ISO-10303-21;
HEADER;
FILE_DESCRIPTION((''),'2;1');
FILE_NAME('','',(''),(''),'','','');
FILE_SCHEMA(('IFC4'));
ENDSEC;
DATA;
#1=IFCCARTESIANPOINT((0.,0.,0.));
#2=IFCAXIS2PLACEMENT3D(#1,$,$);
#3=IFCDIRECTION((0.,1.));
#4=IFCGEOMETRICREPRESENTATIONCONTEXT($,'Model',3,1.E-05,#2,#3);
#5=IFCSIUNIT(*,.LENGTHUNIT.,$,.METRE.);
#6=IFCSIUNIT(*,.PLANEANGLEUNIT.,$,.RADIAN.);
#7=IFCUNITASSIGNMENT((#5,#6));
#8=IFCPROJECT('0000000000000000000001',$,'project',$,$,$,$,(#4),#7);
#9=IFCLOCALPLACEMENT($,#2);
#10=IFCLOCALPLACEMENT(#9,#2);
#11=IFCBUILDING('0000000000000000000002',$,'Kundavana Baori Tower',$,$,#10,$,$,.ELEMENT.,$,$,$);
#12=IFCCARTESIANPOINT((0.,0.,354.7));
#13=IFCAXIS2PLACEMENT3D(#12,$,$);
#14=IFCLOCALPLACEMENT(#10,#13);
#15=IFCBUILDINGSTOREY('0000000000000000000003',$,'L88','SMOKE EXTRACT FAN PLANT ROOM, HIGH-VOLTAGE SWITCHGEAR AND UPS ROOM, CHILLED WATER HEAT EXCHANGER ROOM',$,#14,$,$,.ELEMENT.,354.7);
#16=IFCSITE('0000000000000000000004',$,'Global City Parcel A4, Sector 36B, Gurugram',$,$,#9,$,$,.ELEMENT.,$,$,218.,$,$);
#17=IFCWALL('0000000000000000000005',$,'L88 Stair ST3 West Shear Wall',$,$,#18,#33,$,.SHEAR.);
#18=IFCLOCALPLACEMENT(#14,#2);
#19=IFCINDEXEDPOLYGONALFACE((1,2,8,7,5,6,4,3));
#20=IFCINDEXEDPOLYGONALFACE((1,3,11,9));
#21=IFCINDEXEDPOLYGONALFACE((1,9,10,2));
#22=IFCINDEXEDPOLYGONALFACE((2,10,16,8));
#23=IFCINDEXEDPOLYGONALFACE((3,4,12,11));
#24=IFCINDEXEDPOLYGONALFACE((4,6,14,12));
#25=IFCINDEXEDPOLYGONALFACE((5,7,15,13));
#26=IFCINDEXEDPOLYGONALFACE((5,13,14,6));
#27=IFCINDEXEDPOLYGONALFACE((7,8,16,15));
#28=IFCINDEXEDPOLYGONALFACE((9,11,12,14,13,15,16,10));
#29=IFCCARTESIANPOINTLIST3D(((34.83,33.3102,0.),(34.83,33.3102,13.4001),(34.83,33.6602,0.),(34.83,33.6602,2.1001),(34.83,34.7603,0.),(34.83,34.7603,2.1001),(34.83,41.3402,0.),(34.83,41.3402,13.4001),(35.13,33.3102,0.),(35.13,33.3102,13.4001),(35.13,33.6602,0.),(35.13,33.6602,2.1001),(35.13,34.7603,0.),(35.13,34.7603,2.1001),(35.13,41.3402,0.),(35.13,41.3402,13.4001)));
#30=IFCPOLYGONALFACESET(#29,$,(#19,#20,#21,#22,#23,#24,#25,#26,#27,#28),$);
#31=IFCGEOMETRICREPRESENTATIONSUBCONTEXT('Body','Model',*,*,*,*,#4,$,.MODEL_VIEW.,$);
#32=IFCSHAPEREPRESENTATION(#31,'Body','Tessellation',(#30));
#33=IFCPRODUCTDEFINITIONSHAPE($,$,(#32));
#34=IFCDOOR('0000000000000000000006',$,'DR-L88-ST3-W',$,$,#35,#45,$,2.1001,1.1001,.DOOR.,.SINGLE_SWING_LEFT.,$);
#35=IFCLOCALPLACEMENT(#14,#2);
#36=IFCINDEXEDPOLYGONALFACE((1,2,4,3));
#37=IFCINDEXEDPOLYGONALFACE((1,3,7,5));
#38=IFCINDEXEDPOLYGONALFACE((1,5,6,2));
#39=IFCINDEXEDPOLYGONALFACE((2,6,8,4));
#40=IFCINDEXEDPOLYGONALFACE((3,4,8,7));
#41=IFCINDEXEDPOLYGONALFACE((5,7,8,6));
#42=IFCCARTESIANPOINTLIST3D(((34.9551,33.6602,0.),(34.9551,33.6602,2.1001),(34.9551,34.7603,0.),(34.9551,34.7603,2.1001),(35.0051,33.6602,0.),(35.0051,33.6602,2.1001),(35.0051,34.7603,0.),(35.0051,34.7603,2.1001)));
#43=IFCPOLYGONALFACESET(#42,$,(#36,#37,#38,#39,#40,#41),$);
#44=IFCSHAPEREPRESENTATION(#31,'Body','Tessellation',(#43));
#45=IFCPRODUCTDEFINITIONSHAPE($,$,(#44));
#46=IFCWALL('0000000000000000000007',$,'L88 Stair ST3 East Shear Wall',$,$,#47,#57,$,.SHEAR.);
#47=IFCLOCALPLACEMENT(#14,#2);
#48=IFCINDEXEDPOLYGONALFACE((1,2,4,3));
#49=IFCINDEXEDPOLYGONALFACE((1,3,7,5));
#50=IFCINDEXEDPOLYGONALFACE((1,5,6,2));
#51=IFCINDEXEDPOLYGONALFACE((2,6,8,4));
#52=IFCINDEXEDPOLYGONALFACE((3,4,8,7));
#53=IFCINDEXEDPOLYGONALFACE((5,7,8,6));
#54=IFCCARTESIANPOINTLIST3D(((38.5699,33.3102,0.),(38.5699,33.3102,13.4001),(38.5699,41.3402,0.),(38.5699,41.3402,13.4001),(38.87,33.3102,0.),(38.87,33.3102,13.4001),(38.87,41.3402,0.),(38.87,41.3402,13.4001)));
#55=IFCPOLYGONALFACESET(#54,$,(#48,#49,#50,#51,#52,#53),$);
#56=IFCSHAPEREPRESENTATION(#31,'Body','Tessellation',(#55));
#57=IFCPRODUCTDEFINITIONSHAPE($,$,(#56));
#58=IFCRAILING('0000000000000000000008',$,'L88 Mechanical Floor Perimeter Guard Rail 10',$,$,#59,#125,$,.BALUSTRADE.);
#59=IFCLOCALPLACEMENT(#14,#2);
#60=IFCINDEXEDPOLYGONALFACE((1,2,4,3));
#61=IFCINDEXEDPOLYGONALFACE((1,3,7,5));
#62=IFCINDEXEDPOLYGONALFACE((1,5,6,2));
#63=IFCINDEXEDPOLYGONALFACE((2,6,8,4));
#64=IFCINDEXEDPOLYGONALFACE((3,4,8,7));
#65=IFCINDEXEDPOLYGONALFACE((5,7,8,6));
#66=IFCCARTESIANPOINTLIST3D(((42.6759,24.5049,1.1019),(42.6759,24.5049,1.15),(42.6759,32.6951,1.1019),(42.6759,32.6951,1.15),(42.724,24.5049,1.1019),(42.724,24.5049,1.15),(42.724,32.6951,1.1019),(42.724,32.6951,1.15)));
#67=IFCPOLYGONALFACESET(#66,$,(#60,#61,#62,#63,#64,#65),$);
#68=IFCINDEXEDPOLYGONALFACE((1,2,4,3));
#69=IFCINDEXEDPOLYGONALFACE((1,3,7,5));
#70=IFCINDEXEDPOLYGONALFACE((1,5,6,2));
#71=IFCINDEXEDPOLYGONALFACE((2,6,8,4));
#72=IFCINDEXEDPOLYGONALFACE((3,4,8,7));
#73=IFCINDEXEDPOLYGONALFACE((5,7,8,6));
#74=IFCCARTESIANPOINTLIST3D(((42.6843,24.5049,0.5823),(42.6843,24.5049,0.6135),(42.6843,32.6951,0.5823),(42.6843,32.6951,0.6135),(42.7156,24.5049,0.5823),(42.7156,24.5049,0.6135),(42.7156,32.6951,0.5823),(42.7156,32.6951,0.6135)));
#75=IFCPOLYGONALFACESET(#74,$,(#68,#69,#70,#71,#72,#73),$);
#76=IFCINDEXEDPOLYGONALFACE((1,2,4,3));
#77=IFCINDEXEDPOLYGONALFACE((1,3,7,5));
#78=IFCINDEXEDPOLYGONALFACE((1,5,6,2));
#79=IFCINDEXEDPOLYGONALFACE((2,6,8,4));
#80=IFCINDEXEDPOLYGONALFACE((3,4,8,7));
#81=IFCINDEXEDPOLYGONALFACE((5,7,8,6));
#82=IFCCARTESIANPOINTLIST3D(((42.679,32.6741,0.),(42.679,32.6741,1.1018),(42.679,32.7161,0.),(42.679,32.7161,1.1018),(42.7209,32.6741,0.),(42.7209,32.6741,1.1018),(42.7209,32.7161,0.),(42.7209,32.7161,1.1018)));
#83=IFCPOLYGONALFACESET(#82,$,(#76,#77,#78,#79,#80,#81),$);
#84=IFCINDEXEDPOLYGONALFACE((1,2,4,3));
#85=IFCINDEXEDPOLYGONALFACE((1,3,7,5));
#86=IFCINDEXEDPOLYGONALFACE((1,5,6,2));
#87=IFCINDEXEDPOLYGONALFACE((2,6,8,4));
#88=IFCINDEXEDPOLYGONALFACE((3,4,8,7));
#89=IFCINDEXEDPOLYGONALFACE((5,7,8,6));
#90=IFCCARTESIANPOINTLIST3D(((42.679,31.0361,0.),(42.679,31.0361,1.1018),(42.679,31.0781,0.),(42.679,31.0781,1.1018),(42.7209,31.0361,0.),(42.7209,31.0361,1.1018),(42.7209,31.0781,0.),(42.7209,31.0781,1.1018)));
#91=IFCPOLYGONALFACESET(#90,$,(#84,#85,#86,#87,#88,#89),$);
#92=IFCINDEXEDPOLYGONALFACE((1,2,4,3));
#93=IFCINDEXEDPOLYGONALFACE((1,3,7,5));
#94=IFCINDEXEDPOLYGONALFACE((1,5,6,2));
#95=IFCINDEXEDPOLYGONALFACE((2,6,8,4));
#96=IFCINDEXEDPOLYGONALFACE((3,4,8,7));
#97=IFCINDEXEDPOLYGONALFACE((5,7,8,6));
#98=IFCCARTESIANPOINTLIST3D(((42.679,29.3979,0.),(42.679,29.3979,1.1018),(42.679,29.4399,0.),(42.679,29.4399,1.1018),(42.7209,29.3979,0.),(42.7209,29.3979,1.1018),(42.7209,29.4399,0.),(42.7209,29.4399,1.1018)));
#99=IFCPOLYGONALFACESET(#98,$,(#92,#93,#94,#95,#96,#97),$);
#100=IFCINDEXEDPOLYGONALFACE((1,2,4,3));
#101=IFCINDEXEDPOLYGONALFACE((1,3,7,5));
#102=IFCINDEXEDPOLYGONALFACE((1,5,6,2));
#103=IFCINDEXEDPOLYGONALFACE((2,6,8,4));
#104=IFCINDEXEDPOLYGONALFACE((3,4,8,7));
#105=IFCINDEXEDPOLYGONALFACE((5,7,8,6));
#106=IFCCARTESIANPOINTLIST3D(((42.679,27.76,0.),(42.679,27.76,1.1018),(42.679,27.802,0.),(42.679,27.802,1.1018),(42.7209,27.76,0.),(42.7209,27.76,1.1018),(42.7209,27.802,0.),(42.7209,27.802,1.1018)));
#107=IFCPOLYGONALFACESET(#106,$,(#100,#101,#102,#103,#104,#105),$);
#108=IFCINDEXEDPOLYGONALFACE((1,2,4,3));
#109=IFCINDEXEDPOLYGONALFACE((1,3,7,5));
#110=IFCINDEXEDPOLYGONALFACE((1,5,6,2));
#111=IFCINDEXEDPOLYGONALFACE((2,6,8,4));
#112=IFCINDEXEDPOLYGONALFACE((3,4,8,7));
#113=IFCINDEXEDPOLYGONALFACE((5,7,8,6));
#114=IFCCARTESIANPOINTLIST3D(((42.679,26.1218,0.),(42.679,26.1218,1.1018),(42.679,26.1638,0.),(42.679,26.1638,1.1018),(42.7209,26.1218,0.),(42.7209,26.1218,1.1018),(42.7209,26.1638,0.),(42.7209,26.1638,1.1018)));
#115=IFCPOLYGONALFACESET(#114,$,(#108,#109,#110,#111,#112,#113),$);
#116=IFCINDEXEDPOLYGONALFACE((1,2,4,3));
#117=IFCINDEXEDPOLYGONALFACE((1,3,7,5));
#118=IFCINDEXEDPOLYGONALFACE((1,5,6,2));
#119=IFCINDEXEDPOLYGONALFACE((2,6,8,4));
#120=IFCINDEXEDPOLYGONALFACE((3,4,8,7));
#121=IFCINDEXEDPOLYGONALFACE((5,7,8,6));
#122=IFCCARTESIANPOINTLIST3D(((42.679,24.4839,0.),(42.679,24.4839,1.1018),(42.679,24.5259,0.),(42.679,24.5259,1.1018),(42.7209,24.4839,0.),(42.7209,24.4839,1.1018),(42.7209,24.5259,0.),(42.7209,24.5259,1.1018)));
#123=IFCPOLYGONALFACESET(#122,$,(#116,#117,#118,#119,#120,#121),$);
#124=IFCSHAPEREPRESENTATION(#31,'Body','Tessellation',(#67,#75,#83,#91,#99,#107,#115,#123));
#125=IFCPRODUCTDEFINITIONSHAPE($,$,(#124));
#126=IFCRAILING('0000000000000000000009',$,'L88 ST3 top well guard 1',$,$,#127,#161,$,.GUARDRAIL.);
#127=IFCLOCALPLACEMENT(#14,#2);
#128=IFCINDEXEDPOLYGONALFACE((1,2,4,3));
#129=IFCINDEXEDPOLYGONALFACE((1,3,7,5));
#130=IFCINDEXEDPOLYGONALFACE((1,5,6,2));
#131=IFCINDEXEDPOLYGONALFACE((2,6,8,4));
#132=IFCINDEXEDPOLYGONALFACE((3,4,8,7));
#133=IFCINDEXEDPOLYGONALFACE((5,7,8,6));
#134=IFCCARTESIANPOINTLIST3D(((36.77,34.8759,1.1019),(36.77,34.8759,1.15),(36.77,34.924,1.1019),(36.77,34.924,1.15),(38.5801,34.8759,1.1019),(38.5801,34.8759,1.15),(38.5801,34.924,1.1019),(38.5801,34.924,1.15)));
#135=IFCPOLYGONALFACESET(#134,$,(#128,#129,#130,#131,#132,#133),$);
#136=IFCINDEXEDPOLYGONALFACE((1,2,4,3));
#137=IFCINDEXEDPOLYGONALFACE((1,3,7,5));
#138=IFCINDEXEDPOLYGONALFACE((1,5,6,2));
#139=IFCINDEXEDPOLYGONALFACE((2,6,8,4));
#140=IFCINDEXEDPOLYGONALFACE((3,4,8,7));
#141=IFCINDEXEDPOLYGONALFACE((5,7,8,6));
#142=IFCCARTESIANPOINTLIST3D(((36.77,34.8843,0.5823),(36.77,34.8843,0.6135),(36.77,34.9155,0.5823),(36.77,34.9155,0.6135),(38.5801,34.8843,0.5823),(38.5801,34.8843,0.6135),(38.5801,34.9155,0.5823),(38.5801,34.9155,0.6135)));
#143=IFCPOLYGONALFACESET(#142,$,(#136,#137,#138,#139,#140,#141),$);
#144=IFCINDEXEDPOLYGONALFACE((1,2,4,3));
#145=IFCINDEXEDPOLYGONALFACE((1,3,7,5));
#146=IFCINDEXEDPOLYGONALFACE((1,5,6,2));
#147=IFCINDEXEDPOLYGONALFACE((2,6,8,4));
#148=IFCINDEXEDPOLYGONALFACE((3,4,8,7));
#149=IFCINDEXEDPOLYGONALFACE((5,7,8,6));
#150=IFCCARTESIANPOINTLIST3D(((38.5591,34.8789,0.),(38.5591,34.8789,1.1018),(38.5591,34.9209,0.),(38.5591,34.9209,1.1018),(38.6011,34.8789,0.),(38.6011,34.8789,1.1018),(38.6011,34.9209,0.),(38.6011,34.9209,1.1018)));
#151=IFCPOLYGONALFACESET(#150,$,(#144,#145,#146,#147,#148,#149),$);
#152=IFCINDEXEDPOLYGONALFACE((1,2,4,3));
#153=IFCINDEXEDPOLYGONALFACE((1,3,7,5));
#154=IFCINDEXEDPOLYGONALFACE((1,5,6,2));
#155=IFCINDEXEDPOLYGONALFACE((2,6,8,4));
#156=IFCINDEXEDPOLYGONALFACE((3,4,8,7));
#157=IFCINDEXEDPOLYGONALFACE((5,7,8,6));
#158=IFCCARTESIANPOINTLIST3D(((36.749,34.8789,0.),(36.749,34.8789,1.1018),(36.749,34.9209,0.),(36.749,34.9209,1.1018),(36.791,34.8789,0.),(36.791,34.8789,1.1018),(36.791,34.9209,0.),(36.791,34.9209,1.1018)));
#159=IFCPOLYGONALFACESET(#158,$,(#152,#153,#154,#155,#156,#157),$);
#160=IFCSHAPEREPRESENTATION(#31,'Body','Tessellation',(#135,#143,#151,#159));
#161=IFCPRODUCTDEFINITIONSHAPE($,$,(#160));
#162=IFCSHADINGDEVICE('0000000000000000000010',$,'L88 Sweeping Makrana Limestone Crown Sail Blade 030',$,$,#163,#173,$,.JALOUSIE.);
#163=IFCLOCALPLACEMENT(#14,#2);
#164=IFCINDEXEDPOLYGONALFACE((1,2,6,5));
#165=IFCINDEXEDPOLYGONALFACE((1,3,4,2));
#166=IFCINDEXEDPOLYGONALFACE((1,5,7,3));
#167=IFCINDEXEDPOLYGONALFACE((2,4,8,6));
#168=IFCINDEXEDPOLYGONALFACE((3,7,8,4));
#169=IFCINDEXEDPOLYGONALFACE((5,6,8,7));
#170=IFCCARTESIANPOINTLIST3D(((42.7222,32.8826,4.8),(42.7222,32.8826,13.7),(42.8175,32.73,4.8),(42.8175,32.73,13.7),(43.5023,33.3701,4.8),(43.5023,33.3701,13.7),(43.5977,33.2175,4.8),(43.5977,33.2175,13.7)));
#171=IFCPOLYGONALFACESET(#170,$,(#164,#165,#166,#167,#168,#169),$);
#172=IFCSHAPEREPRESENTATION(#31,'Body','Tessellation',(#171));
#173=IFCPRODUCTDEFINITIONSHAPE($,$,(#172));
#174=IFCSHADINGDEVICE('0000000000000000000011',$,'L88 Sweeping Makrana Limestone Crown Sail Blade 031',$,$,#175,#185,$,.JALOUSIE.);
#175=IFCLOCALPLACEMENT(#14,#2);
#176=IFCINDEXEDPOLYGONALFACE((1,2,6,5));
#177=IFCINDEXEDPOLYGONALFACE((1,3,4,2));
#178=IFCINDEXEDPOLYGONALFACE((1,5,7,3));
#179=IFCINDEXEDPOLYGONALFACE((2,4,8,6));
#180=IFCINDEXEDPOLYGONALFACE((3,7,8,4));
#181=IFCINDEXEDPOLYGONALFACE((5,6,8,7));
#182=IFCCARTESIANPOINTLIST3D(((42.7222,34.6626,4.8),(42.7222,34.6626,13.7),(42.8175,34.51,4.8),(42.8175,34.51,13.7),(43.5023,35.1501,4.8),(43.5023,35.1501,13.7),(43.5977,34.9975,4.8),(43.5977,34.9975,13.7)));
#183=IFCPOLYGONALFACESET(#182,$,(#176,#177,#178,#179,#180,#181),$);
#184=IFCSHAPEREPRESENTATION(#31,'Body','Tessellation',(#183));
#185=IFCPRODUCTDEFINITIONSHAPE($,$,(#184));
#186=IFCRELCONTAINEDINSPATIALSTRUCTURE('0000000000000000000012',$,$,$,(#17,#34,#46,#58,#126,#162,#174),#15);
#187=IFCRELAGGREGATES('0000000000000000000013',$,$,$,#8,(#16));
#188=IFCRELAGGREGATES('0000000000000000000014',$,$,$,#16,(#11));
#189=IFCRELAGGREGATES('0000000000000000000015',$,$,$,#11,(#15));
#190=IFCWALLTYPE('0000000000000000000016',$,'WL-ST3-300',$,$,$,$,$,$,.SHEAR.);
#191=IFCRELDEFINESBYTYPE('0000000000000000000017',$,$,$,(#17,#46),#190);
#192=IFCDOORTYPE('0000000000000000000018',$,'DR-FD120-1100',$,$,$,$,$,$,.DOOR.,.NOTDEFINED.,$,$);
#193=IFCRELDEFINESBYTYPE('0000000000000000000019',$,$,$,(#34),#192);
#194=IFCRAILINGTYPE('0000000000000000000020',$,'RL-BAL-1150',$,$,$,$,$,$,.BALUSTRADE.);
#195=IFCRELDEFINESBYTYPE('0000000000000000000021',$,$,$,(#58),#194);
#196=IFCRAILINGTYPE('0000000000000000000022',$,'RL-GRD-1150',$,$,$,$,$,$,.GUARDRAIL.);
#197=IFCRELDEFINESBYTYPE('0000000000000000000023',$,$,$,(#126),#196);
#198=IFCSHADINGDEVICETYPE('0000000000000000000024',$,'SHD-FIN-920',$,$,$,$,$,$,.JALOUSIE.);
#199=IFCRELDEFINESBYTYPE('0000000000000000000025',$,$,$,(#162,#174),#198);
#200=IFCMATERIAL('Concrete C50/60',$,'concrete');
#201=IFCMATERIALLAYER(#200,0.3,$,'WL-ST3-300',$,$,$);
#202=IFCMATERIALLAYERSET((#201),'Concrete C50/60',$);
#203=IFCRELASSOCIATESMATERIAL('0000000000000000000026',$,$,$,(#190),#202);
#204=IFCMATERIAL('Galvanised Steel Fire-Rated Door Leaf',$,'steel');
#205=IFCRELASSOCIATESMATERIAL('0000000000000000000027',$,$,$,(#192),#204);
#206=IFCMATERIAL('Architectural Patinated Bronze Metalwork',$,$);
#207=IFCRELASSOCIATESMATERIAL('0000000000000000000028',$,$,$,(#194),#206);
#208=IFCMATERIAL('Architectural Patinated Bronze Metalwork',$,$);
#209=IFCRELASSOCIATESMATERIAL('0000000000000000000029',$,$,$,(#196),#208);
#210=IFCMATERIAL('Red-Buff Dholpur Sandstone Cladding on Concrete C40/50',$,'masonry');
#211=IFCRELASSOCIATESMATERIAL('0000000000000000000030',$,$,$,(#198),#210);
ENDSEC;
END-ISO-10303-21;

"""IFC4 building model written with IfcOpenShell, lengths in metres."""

from ifc_helpers import new_model, si_unit, direction, frame, frame_2d, origin, origin_2d, place, context, subcontext, project, spatial, rectangle, extrude, material, layer, layer_set, type_object, element, fill, save


model = new_model("IFC4")

# Units and contexts
model_context = context("Model", 3, precision=1e-05, world=origin(), true_north=direction((0.0, 1.0)))
body_context = subcontext(model_context, "Body", "Model", "MODEL_VIEW")
ifc_project = project(units=[si_unit("LENGTHUNIT", "METRE"), si_unit("PLANEANGLEUNIT", "RADIAN")], contexts=[model_context])

# Site, building, storey
site_placement = place(None, origin())
site = spatial("IfcSite", under=ifc_project, at=site_placement, Name="Global City Parcel A4, Sector 36B, Gurugram", CompositionType="ELEMENT", RefElevation=218.0)
building_placement = place(site_placement, origin())
building = spatial("IfcBuilding", under=site, at=building_placement, Name="Kundavana Baori Tower", CompositionType="ELEMENT")
storey_placement = place(building_placement, frame((0.0, 0.0, 354.7)))
storey = spatial("IfcBuildingStorey", under=building, at=storey_placement, Name="L88", Description="SMOKE EXTRACT FAN PLANT ROOM, HIGH-VOLTAGE SWITCHGEAR AND UPS ROOM, CHILLED WATER HEAT EXCHANGER ROOM", CompositionType="ELEMENT", Elevation=354.7)

# Shared definitions
ifc_material_1 = material(Name="Concrete C50/60", Category="concrete")
ifc_layer_1 = layer(ifc_material_1, 0.3, Name="WL-ST3-300")
ifc_layer_set_1 = layer_set([ifc_layer_1], Name="Concrete C50/60")
wall_type_1 = type_object("IfcWallType", Name="WL-ST3-300", PredefinedType="SHEAR", material=ifc_layer_set_1)

# Wall, opening, door
wall_1_placement = place(storey_placement, frame((34.98, 33.3101, 0.0), z_axis=(0.0, 0.0, 1.0), x_axis=(0.0, 1.0, 0.0)))
wall_1 = element("IfcWall", 1, at=wall_1_placement, inside=storey, type_object=wall_type_1, Name="L88 Stair ST3 West Shear Wall", PredefinedType="SHEAR", context=body_context, shape_type="SweptSolid", body=[
    extrude(rectangle(XDim=8.03, YDim=0.3, at=frame_2d((4.0151, 0.0))), origin(), (0.0, 0.0, 1.0), 13.4001),
])
opening_placement = place(wall_1_placement, frame((0.3501, 0.0, 0.0)))
opening = element("IfcOpeningElement", 2, at=opening_placement, cuts=wall_1, PredefinedType="OPENING", context=body_context, shape_type="SweptSolid", body=[
    extrude(rectangle(XDim=1.1001, YDim=2.1001, at=frame_2d((0.55, 1.05))), frame((0.0, 0.1602, 0.0), z_axis=(0.0, -1.0, 0.0), x_axis=(1.0, 0.0, 0.0)), (0.0, 0.0, 1.0), 0.3201),
])
ifc_material_2 = material(Name="Galvanised Steel Fire-Rated Door Leaf", Category="steel")
door_type = type_object("IfcDoorType", Name="DR-FD120-1100", OperationType="NOTDEFINED", PredefinedType="DOOR", material=ifc_material_2)
door_placement = place(opening_placement, origin())
door = element("IfcDoor", 3, at=door_placement, inside=storey, type_object=door_type, Name="DR-L88-ST3-W", OperationType="SINGLE_SWING_LEFT", OverallHeight=2.1001, OverallWidth=1.1001, PredefinedType="DOOR", context=body_context, shape_type="SweptSolid", body=[
    extrude(rectangle(XDim=1.1001, YDim=2.1001, at=frame_2d((0.55, 1.05))), frame((0.0, 0.0249, 0.0), z_axis=(0.0, -1.0, 0.0), x_axis=(1.0, 0.0, 0.0)), (0.0, 0.0, 1.0), 0.05),
])
fill(opening, door)

# Wall
wall_2_placement = place(storey_placement, frame((38.72, 33.3101, 0.0), z_axis=(0.0, 0.0, 1.0), x_axis=(0.0, 1.0, 0.0)))
element("IfcWall", 4, at=wall_2_placement, inside=storey, type_object=wall_type_1, Name="L88 Stair ST3 East Shear Wall", PredefinedType="SHEAR", context=body_context, shape_type="SweptSolid", body=[
    extrude(rectangle(XDim=8.03, YDim=0.3, at=frame_2d((4.0151, 0.0))), origin(), (0.0, 0.0, 1.0), 13.4001),
])

# Railings
ifc_material_3 = material(Name="Architectural Patinated Bronze Metalwork")
railing_type_1 = type_object("IfcRailingType", Name="RL-BAL-1150", PredefinedType="BALUSTRADE", material=ifc_material_3)
railing_1_placement = place(storey_placement, frame((42.7, 32.6951, 0.0)))
element("IfcRailing", 5, at=railing_1_placement, inside=storey, type_object=railing_type_1, Name="L88 Mechanical Floor Perimeter Guard Rail 10", PredefinedType="BALUSTRADE", context=body_context, shape_type="SweptSolid", body=[
    extrude(rectangle(XDim=0.0481, YDim=0.0481, at=origin_2d()), frame((0.0, 0.0, 1.126), z_axis=(0.0, -1.0, 0.0), x_axis=(1.0, 0.0, 0.0)), (0.0, 0.0, 1.0), 8.1902),
    extrude(rectangle(XDim=0.0312, YDim=0.0312, at=origin_2d()), frame((0.0, 0.0, 0.5979), z_axis=(0.0, -1.0, 0.0), x_axis=(1.0, 0.0, 0.0)), (0.0, 0.0, 1.0), 8.1902),
    extrude(rectangle(XDim=0.042, YDim=0.042, at=origin_2d()), origin(), (0.0, 0.0, 1.0), 1.1018),
    extrude(rectangle(XDim=0.042, YDim=0.042, at=origin_2d()), frame((0.0, -1.6379, 0.0)), (0.0, 0.0, 1.0), 1.1018),
    extrude(rectangle(XDim=0.042, YDim=0.042, at=origin_2d()), frame((0.0, -3.2761, 0.0)), (0.0, 0.0, 1.0), 1.1018),
    extrude(rectangle(XDim=0.042, YDim=0.042, at=origin_2d()), frame((0.0, -4.9141, 0.0)), (0.0, 0.0, 1.0), 1.1018),
    extrude(rectangle(XDim=0.042, YDim=0.042, at=origin_2d()), frame((0.0, -6.5522, 0.0)), (0.0, 0.0, 1.0), 1.1018),
    extrude(rectangle(XDim=0.042, YDim=0.042, at=origin_2d()), frame((0.0, -8.1902, 0.0)), (0.0, 0.0, 1.0), 1.1018),
])
ifc_material_4 = material(Name="Architectural Patinated Bronze Metalwork")
railing_type_2 = type_object("IfcRailingType", Name="RL-GRD-1150", PredefinedType="GUARDRAIL", material=ifc_material_4)
railing_2_placement = place(storey_placement, frame((38.5801, 34.8999, 0.0)))
element("IfcRailing", 6, at=railing_2_placement, inside=storey, type_object=railing_type_2, Name="L88 ST3 top well guard 1", PredefinedType="GUARDRAIL", context=body_context, shape_type="SweptSolid", body=[
    extrude(rectangle(XDim=0.0481, YDim=0.0481, at=origin_2d()), frame((0.0, 0.0, 1.126), z_axis=(-1.0, 0.0, 0.0), x_axis=(0.0, -1.0, 0.0)), (0.0, 0.0, 1.0), 1.8101),
    extrude(rectangle(XDim=0.0312, YDim=0.0312, at=origin_2d()), frame((0.0, 0.0, 0.5979), z_axis=(-1.0, 0.0, 0.0), x_axis=(0.0, -1.0, 0.0)), (0.0, 0.0, 1.0), 1.8101),
    extrude(rectangle(XDim=0.042, YDim=0.042, at=origin_2d()), origin(), (0.0, 0.0, 1.0), 1.1018),
    extrude(rectangle(XDim=0.042, YDim=0.042, at=origin_2d()), frame((-1.8101, 0.0, 0.0)), (0.0, 0.0, 1.0), 1.1018),
])

# Shading devices
ifc_material_5 = material(Name="Red-Buff Dholpur Sandstone Cladding on Concrete C40/50", Category="masonry")
shading_device_type = type_object("IfcShadingDeviceType", Name="SHD-FIN-920", PredefinedType="JALOUSIE", material=ifc_material_5)
for number, where, z_axis, x_axis, name in (
    (7, (43.1599, 33.05, 4.8), (0.0, 0.0, 1.0), (-0.529919, 0.848048, 0.0), "L88 Sweeping Makrana Limestone Crown Sail Blade 030"),
    (8, (43.1599, 34.8301, 4.8), (0.0, 0.0, 1.0), (-0.529919, 0.848048, 0.0), "L88 Sweeping Makrana Limestone Crown Sail Blade 031"),
):
    element("IfcShadingDevice", number, at=place(storey_placement, frame(where, z_axis=z_axis, x_axis=x_axis)), inside=storey, type_object=shading_device_type, Name=name, PredefinedType="JALOUSIE", context=body_context, shape_type="SweptSolid", body=[
        extrude(rectangle(XDim=0.1799, YDim=0.9199, at=origin_2d()), origin(), (0.0, 0.0, 1.0), 8.8999),
    ])

save(model, "model.ifc")
